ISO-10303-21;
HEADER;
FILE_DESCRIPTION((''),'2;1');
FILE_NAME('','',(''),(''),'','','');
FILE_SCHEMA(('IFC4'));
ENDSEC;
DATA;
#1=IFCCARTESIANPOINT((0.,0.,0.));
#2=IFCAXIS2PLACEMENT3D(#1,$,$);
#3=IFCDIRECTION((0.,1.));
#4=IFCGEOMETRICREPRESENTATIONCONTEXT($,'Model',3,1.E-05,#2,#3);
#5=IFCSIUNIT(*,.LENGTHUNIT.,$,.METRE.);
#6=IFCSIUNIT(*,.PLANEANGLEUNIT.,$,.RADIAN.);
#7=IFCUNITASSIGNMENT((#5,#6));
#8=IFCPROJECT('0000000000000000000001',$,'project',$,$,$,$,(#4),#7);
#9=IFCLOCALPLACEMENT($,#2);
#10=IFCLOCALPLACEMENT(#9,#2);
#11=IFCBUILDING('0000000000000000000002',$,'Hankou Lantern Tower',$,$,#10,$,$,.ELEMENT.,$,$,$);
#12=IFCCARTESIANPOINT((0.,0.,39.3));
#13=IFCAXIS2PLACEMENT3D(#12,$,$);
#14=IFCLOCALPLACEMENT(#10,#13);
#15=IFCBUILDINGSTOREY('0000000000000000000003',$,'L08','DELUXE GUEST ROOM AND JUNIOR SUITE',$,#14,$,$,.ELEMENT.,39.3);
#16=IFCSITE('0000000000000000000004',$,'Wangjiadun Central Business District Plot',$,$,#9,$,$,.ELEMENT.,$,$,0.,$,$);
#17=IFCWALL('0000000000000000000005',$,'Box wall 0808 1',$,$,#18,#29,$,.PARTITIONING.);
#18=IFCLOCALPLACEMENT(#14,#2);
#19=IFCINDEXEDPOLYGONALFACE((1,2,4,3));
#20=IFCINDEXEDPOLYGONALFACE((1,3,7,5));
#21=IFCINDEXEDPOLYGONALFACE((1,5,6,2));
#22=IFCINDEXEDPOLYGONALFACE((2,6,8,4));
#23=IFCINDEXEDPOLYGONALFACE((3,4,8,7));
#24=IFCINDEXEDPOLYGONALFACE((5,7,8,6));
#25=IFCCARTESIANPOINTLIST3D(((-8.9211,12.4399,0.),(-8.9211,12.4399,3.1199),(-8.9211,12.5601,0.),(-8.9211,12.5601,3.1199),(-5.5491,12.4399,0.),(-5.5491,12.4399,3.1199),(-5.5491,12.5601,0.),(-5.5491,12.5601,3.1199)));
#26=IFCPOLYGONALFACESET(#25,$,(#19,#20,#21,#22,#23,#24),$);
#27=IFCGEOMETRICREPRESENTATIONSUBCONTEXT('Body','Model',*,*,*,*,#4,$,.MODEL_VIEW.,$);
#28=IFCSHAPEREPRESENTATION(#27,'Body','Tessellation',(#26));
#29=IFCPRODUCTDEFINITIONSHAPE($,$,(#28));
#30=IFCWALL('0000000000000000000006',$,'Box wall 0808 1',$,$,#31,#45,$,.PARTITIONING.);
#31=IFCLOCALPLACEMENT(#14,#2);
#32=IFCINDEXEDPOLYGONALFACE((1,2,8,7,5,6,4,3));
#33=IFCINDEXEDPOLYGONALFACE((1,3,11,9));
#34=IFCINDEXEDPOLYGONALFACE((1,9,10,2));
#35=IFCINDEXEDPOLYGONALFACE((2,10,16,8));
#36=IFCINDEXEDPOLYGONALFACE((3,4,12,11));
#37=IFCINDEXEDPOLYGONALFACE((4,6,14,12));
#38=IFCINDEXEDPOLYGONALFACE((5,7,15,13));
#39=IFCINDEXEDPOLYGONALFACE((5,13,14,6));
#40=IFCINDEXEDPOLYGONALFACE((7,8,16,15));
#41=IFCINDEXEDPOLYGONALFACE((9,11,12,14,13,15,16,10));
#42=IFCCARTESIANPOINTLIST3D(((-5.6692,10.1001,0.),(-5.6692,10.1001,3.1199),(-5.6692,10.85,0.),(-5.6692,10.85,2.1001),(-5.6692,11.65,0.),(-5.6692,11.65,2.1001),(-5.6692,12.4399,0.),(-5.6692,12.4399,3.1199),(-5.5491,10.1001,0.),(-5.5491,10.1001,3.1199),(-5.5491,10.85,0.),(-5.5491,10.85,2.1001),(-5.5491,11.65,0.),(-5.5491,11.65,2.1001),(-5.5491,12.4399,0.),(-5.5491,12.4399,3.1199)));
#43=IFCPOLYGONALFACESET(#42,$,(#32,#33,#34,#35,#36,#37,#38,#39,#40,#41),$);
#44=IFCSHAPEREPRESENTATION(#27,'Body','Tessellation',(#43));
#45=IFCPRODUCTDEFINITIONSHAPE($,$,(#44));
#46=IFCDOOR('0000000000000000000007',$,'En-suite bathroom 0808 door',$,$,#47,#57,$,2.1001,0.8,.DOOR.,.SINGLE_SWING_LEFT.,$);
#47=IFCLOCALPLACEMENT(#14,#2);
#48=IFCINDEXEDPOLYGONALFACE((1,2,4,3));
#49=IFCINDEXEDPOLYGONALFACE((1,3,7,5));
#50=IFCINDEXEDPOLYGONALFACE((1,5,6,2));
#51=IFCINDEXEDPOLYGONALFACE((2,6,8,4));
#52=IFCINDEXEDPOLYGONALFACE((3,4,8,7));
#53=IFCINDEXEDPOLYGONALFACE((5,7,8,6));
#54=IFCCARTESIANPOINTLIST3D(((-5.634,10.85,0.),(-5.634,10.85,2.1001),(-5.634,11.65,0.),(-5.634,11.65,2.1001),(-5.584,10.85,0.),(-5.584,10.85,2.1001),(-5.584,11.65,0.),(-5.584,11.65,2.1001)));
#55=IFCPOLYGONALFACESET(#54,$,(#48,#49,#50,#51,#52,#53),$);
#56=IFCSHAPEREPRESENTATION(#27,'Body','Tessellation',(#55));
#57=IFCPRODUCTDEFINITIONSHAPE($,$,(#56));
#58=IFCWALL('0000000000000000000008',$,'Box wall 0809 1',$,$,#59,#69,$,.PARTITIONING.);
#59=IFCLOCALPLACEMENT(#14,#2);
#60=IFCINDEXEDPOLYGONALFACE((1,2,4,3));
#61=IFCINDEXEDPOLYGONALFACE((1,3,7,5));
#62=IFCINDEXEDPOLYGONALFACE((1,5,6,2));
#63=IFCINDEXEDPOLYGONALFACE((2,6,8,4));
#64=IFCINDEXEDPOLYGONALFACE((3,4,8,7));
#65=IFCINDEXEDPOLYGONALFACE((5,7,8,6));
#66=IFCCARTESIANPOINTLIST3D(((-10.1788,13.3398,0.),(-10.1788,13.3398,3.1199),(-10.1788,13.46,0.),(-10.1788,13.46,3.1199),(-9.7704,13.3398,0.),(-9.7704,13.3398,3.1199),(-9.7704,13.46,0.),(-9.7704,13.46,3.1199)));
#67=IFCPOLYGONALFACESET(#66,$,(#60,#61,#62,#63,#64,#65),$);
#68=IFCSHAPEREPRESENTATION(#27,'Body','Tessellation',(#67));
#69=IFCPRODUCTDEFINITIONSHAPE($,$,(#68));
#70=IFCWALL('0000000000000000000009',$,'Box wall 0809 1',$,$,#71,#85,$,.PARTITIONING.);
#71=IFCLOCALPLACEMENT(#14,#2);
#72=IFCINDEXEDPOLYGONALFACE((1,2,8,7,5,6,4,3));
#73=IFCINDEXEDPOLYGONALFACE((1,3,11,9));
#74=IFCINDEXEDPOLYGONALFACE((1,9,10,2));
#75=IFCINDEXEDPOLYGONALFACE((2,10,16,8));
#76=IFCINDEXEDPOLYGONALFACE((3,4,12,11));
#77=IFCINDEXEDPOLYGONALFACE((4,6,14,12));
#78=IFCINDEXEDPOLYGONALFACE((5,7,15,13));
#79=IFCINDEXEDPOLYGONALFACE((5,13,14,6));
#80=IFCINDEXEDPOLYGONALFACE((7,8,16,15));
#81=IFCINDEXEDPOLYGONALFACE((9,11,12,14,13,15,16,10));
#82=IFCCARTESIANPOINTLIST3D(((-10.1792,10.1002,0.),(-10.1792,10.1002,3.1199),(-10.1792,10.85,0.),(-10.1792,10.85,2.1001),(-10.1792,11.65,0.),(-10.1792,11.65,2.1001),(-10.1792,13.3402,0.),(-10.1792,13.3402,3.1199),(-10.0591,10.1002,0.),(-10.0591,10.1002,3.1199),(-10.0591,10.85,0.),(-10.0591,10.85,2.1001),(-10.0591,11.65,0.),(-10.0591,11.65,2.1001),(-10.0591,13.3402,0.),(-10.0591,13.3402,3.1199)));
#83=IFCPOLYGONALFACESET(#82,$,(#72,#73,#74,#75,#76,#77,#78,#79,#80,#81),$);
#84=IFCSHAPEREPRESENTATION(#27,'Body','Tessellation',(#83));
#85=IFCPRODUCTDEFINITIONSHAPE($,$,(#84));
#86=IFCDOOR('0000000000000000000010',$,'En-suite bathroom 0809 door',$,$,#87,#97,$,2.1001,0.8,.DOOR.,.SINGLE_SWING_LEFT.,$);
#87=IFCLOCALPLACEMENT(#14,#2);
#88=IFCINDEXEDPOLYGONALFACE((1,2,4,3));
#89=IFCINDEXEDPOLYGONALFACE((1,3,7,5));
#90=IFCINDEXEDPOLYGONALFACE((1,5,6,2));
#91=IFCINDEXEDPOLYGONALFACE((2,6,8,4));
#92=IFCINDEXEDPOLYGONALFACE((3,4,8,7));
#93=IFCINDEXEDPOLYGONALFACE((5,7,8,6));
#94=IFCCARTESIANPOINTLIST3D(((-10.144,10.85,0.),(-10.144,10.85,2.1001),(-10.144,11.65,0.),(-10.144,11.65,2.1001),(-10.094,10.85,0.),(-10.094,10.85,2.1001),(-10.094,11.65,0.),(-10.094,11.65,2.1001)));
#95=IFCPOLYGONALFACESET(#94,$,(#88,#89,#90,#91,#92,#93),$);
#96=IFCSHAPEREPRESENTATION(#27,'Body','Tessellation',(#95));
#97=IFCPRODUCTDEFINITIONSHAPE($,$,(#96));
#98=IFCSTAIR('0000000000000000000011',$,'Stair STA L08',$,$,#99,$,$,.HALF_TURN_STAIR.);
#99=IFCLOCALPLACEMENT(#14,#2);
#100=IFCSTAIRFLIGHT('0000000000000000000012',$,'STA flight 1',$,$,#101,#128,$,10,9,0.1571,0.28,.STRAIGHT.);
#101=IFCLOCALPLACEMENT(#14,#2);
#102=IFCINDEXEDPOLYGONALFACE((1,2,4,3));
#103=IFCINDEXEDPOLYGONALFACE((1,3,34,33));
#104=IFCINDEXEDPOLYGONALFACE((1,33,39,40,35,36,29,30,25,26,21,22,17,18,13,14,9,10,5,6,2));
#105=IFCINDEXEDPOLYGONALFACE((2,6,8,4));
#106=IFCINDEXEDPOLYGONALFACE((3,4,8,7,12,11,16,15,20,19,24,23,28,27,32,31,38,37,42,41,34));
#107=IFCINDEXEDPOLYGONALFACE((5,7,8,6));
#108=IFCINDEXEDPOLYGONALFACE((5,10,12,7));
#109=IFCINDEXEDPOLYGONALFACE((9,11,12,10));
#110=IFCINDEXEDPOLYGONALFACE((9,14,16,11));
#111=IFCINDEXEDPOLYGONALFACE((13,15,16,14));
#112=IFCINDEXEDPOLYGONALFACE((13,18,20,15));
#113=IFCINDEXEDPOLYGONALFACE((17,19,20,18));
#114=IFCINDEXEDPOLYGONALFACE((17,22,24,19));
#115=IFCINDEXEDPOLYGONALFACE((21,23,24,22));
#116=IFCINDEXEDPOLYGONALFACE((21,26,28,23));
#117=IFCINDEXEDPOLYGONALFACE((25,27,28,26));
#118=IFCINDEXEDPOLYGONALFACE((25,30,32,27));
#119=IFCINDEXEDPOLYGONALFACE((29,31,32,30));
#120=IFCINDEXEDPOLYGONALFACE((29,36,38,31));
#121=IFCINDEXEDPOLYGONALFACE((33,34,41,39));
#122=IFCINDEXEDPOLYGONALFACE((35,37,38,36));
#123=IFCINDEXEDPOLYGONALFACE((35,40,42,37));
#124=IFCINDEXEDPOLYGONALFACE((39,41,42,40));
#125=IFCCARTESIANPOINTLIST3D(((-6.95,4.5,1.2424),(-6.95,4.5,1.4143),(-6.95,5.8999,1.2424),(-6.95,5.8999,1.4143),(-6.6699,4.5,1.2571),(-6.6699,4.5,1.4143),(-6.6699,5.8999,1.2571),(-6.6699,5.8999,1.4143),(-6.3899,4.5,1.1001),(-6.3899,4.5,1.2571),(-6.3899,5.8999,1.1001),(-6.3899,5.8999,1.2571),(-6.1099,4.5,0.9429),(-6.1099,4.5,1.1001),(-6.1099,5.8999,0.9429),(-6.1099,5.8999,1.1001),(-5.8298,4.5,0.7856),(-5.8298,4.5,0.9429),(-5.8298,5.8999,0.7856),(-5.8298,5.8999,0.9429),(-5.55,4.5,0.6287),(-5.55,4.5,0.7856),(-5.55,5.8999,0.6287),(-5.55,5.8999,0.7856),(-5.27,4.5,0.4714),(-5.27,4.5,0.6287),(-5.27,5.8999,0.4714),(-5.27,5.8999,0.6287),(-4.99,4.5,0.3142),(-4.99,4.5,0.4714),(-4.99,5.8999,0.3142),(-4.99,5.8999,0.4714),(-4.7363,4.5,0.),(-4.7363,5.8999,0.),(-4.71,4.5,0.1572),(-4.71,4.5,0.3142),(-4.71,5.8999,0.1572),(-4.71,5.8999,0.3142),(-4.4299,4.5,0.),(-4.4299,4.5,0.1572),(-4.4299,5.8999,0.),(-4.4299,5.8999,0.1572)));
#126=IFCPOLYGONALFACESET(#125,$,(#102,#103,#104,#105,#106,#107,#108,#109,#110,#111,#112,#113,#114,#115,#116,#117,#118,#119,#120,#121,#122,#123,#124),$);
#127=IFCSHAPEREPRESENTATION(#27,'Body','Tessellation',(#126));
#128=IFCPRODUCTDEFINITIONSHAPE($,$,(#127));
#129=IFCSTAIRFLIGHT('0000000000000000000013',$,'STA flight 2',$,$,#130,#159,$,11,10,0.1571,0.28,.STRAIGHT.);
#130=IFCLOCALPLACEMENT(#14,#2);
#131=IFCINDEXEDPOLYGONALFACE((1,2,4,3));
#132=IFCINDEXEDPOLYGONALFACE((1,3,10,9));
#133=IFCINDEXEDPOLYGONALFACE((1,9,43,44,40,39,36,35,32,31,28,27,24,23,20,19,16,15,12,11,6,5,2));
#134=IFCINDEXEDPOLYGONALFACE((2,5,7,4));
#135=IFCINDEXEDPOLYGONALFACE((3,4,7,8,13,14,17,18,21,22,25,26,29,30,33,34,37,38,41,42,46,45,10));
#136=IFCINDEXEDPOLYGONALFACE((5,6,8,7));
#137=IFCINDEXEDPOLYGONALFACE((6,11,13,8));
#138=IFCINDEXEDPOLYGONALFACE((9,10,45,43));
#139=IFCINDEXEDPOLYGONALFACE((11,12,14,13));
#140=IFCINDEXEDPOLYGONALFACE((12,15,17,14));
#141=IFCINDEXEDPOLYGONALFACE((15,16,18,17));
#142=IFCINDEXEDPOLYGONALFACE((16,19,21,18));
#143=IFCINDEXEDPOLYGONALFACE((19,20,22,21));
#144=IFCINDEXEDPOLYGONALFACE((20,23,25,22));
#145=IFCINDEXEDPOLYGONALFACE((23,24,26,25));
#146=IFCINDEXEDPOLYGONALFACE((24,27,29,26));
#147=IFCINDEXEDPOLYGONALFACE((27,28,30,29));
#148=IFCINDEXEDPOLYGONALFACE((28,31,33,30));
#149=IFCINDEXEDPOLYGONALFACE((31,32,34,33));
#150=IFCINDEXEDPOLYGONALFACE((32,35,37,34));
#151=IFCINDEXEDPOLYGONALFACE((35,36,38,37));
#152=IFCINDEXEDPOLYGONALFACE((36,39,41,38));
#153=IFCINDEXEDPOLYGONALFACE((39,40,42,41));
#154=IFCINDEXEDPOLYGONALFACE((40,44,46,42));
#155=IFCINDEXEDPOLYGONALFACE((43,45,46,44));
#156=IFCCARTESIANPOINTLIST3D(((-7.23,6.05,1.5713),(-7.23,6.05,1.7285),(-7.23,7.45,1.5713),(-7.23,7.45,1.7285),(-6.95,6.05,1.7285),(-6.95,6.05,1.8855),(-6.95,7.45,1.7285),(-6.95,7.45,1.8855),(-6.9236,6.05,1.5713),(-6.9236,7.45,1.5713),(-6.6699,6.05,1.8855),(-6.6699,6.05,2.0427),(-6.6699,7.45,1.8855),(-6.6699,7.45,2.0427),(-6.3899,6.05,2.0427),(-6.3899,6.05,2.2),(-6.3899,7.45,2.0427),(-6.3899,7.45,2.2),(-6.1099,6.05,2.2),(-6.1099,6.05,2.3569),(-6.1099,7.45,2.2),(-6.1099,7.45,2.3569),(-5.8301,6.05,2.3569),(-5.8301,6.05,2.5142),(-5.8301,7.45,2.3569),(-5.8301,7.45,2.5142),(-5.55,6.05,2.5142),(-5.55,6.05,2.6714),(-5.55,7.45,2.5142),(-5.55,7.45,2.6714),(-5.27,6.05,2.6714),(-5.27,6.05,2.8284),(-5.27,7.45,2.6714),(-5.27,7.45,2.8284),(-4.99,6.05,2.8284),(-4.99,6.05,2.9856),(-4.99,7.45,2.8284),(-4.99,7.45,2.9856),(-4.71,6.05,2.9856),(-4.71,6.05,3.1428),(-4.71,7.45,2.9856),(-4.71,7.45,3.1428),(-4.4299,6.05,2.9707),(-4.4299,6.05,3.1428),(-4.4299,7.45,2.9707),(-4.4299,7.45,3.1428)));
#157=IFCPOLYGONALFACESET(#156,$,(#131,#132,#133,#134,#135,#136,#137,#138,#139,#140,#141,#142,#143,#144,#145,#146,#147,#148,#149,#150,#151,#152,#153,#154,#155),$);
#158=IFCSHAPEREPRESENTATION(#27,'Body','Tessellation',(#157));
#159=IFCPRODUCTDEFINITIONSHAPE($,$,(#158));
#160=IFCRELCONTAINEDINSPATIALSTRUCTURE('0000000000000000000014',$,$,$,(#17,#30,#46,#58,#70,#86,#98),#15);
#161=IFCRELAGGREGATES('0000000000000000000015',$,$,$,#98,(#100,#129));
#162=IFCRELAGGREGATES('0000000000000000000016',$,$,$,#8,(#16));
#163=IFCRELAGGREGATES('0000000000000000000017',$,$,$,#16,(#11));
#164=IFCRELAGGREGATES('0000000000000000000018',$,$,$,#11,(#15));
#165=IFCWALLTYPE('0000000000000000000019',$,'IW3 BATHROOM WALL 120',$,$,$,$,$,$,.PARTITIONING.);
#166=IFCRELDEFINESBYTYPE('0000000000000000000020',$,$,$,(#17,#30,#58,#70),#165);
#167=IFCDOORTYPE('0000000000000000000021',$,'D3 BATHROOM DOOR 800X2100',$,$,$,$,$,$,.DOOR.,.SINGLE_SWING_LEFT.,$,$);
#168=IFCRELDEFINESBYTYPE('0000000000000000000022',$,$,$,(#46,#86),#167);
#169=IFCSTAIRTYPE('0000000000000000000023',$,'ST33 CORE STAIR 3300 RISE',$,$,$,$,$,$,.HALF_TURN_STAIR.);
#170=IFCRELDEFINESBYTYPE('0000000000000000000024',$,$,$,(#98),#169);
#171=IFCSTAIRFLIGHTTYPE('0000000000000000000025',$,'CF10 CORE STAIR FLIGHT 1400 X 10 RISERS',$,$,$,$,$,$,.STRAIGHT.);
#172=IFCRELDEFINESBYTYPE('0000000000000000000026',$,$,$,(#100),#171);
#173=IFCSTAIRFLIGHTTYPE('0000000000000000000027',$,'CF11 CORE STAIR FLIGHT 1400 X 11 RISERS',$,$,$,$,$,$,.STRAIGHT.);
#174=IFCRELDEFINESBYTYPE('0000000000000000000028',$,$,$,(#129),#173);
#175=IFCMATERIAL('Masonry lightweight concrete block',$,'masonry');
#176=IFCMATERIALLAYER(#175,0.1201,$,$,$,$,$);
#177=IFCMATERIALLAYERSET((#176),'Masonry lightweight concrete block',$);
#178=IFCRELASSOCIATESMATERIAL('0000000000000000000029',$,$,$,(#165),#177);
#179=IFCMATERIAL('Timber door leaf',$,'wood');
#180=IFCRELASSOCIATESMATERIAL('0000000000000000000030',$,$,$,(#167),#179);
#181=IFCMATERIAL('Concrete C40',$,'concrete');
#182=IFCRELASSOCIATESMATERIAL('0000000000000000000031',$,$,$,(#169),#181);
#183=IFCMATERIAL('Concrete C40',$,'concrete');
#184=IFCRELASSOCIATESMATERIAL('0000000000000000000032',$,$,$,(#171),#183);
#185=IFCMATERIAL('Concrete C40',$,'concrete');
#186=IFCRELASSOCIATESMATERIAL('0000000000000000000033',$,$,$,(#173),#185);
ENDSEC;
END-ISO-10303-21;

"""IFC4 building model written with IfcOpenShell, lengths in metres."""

from ifc_helpers import new_model, si_unit, direction, frame, frame_2d, origin, place, context, subcontext, project, spatial, polyline, rectangle, outline, extrude, material, layer, layer_set, type_object, element, fill, aggregate, save


model = new_model("IFC4")

# Units and contexts
model_context = context("Model", 3, precision=1e-05, world=origin(), true_north=direction((0.0, 1.0)))
body_context = subcontext(model_context, "Body", "Model", "MODEL_VIEW")
ifc_project = project(units=[si_unit("LENGTHUNIT", "METRE"), si_unit("PLANEANGLEUNIT", "RADIAN")], contexts=[model_context])

# Site, building, storey
site_placement = place(None, origin())
site = spatial("IfcSite", under=ifc_project, at=site_placement, Name="Wangjiadun Central Business District Plot", CompositionType="ELEMENT", RefElevation=0.0)
building_placement = place(site_placement, origin())
building = spatial("IfcBuilding", under=site, at=building_placement, Name="Hankou Lantern Tower", CompositionType="ELEMENT")
storey_placement = place(building_placement, frame((0.0, 0.0, 39.3)))
storey = spatial("IfcBuildingStorey", under=building, at=storey_placement, Name="L08", Description="DELUXE GUEST ROOM AND JUNIOR SUITE", CompositionType="ELEMENT", Elevation=39.3)

# Shared definitions
ifc_material_1 = material(Name="Masonry lightweight concrete block", Category="masonry")
ifc_layer_1 = layer(ifc_material_1, 0.1201)
ifc_layer_set_1 = layer_set([ifc_layer_1], Name="Masonry lightweight concrete block")
wall_type_1 = type_object("IfcWallType", Name="IW3 BATHROOM WALL 120", PredefinedType="PARTITIONING", material=ifc_layer_set_1)

# Shared definitions
ifc_material_2 = material(Name="Timber door leaf", Category="wood")
door_type_1 = type_object("IfcDoorType", Name="D3 BATHROOM DOOR 800X2100", OperationType="SINGLE_SWING_LEFT", PredefinedType="DOOR", material=ifc_material_2)

# Wall
wall_1_placement = place(storey_placement, frame((-8.9211, 12.5, 0.0), z_axis=(0.0, 0.0, 1.0), x_axis=(1.0, 0.0, 0.0)))
element("IfcWall", 1, at=wall_1_placement, inside=storey, type_object=wall_type_1, Name="Box wall 0808 1", PredefinedType="PARTITIONING", context=body_context, shape_type="SweptSolid", body=[
    extrude(rectangle(XDim=3.3721, YDim=0.1201, at=frame_2d((1.686, 0.0))), origin(), (0.0, 0.0, 1.0), 3.1199),
])

# Wall, opening, door
wall_2_placement = place(storey_placement, frame((-5.6091, 10.1001, 0.0), z_axis=(0.0, 0.0, 1.0), x_axis=(0.0, 1.0, 0.0)))
wall_2 = element("IfcWall", 2, at=wall_2_placement, inside=storey, type_object=wall_type_1, Name="Box wall 0808 1", PredefinedType="PARTITIONING", context=body_context, shape_type="SweptSolid", body=[
    extrude(rectangle(XDim=2.3398, YDim=0.1201, at=frame_2d((1.1699, 0.0))), origin(), (0.0, 0.0, 1.0), 3.1199),
])
opening_1_placement = place(wall_2_placement, frame((0.75, 0.0, 0.0)))
opening_1 = element("IfcOpeningElement", 3, at=opening_1_placement, cuts=wall_2, PredefinedType="OPENING", context=body_context, shape_type="SweptSolid", body=[
    extrude(rectangle(XDim=0.8, YDim=2.1001, at=frame_2d((0.3999, 1.05))), frame((0.0, 0.0701, 0.0), z_axis=(0.0, -1.0, 0.0), x_axis=(1.0, 0.0, 0.0)), (0.0, 0.0, 1.0), 0.1401),
])
door_1_placement = place(opening_1_placement, origin())
door_1 = element("IfcDoor", 4, at=door_1_placement, inside=storey, type_object=door_type_1, Name="En-suite bathroom 0808 door", OperationType="SINGLE_SWING_LEFT", OverallHeight=2.1001, OverallWidth=0.8, PredefinedType="DOOR", context=body_context, shape_type="SweptSolid", body=[
    extrude(rectangle(XDim=0.8, YDim=2.1001, at=frame_2d((0.3999, 1.05))), frame((0.0, 0.0249, 0.0), z_axis=(0.0, -1.0, 0.0), x_axis=(1.0, 0.0, 0.0)), (0.0, 0.0, 1.0), 0.05),
])
fill(opening_1, door_1)

# Wall
wall_3_placement = place(storey_placement, frame((-9.7705, 13.3999, 0.0), z_axis=(0.0, 0.0, 1.0), x_axis=(-1.0, 0.0, 0.0)))
element("IfcWall", 5, at=wall_3_placement, inside=storey, type_object=wall_type_1, Name="Box wall 0809 1", PredefinedType="PARTITIONING", context=body_context, shape_type="SweptSolid", body=[
    extrude(rectangle(XDim=0.4084, YDim=0.1201, at=frame_2d((0.2041, 0.0))), origin(), (0.0, 0.0, 1.0), 3.1199),
])

# Wall, opening, door
wall_4_placement = place(storey_placement, frame((-10.1191, 10.1001, 0.0), z_axis=(0.0, 0.0, 1.0), x_axis=(0.0, 1.0, 0.0)))
wall_4 = element("IfcWall", 6, at=wall_4_placement, inside=storey, type_object=wall_type_1, Name="Box wall 0809 1", PredefinedType="PARTITIONING", context=body_context, shape_type="SweptSolid", body=[
    extrude(rectangle(XDim=3.24, YDim=0.1201, at=frame_2d((1.6201, 0.0))), origin(), (0.0, 0.0, 1.0), 3.1199),
])
opening_2_placement = place(wall_4_placement, frame((0.75, 0.0, 0.0)))
opening_2 = element("IfcOpeningElement", 7, at=opening_2_placement, cuts=wall_4, PredefinedType="OPENING", context=body_context, shape_type="SweptSolid", body=[
    extrude(rectangle(XDim=0.8, YDim=2.1001, at=frame_2d((0.3999, 1.05))), frame((0.0, 0.0701, 0.0), z_axis=(0.0, -1.0, 0.0), x_axis=(1.0, 0.0, 0.0)), (0.0, 0.0, 1.0), 0.1401),
])
door_2_placement = place(opening_2_placement, origin())
door_2 = element("IfcDoor", 8, at=door_2_placement, inside=storey, type_object=door_type_1, Name="En-suite bathroom 0809 door", OperationType="SINGLE_SWING_LEFT", OverallHeight=2.1001, OverallWidth=0.8, PredefinedType="DOOR", context=body_context, shape_type="SweptSolid", body=[
    extrude(rectangle(XDim=0.8, YDim=2.1001, at=frame_2d((0.3999, 1.05))), frame((0.0, 0.0249, 0.0), z_axis=(0.0, -1.0, 0.0), x_axis=(1.0, 0.0, 0.0)), (0.0, 0.0, 1.0), 0.05),
])
fill(opening_2, door_2)

# Stair, stair flights
ifc_material_3 = material(Name="Concrete C40", Category="concrete")
stair_type = type_object("IfcStairType", Name="ST33 CORE STAIR 3300 RISE", PredefinedType="HALF_TURN_STAIR", material=ifc_material_3)
stair_placement = place(storey_placement, origin())
stair = element("IfcStair", 9, at=stair_placement, inside=storey, type_object=stair_type, Name="Stair STA L08", PredefinedType="HALF_TURN_STAIR")
ifc_material_4 = material(Name="Concrete C40", Category="concrete")
stair_flight_type_1 = type_object("IfcStairFlightType", Name="CF10 CORE STAIR FLIGHT 1400 X 10 RISERS", PredefinedType="STRAIGHT", material=ifc_material_4)
stair_flight_1_placement = place(storey_placement, frame((-4.4299, 5.2, 0.0), z_axis=(0.0, 0.0, 1.0), x_axis=(-1.0, 0.0, 0.0)))
stair_flight_1 = element("IfcStairFlight", 10, at=stair_flight_1_placement, type_object=stair_flight_type_1, Name="STA flight 1", NumberOfRisers=10, NumberOfTreads=9, PredefinedType="STRAIGHT", RiserHeight=0.1571, TreadLength=0.28, context=body_context, shape_type="SweptSolid", body=[
    extrude(outline(polyline([(0.0, 0.0), (0.0, 0.1572), (0.28, 0.1572), (0.28, 0.3142), (0.5601, 0.3142), (0.5601, 0.4714), (0.8401, 0.4714), (0.8401, 0.6287), (1.1201, 0.6287), (1.1201, 0.7856), (1.3999, 0.7856), (1.3999, 0.9429), (1.6799, 0.9429), (1.6799, 1.1001), (1.96, 1.1001), (1.96, 1.2571), (2.24, 1.2571), (2.24, 1.4143), (2.52, 1.4143), (2.52, 1.5715), (2.52, 1.2424), (0.3064, 0.0), (0.0, 0.0)])), frame((0.0, 0.7, 0.0), z_axis=(0.0, -1.0, 0.0), x_axis=(1.0, 0.0, 0.0)), (0.0, 0.0, 1.0), 1.3999),
])
ifc_material_5 = material(Name="Concrete C40", Category="concrete")
stair_flight_type_2 = type_object("IfcStairFlightType", Name="CF11 CORE STAIR FLIGHT 1400 X 11 RISERS", PredefinedType="STRAIGHT", material=ifc_material_5)
stair_flight_2_placement = place(storey_placement, frame((-7.23, 6.75, 1.5713), z_axis=(0.0, 0.0, 1.0), x_axis=(1.0, 0.0, 0.0)))
stair_flight_2 = element("IfcStairFlight", 11, at=stair_flight_2_placement, type_object=stair_flight_type_2, Name="STA flight 2", NumberOfRisers=11, NumberOfTreads=10, PredefinedType="STRAIGHT", RiserHeight=0.1571, TreadLength=0.28, context=body_context, shape_type="SweptSolid", body=[
    extrude(outline(polyline([(0.0, 0.0), (0.0, 0.1572), (0.28, 0.1572), (0.28, 0.3142), (0.5601, 0.3142), (0.5601, 0.4714), (0.8401, 0.4714), (0.8401, 0.6287), (1.1201, 0.6287), (1.1201, 0.7856), (1.3999, 0.7856), (1.3999, 0.9429), (1.6799, 0.9429), (1.6799, 1.1001), (1.96, 1.1001), (1.96, 1.2571), (2.24, 1.2571), (2.24, 1.4143), (2.52, 1.4143), (2.52, 1.5715), (2.8, 1.5715), (2.8, 1.7285), (2.8, 1.3994), (0.3064, 0.0), (0.0, 0.0)])), frame((0.0, 0.7, 0.0), z_axis=(0.0, -1.0, 0.0), x_axis=(1.0, 0.0, 0.0)), (0.0, 0.0, 1.0), 1.3999),
])
aggregate(stair, [stair_flight_1, stair_flight_2])

save(model, "model.ifc")
